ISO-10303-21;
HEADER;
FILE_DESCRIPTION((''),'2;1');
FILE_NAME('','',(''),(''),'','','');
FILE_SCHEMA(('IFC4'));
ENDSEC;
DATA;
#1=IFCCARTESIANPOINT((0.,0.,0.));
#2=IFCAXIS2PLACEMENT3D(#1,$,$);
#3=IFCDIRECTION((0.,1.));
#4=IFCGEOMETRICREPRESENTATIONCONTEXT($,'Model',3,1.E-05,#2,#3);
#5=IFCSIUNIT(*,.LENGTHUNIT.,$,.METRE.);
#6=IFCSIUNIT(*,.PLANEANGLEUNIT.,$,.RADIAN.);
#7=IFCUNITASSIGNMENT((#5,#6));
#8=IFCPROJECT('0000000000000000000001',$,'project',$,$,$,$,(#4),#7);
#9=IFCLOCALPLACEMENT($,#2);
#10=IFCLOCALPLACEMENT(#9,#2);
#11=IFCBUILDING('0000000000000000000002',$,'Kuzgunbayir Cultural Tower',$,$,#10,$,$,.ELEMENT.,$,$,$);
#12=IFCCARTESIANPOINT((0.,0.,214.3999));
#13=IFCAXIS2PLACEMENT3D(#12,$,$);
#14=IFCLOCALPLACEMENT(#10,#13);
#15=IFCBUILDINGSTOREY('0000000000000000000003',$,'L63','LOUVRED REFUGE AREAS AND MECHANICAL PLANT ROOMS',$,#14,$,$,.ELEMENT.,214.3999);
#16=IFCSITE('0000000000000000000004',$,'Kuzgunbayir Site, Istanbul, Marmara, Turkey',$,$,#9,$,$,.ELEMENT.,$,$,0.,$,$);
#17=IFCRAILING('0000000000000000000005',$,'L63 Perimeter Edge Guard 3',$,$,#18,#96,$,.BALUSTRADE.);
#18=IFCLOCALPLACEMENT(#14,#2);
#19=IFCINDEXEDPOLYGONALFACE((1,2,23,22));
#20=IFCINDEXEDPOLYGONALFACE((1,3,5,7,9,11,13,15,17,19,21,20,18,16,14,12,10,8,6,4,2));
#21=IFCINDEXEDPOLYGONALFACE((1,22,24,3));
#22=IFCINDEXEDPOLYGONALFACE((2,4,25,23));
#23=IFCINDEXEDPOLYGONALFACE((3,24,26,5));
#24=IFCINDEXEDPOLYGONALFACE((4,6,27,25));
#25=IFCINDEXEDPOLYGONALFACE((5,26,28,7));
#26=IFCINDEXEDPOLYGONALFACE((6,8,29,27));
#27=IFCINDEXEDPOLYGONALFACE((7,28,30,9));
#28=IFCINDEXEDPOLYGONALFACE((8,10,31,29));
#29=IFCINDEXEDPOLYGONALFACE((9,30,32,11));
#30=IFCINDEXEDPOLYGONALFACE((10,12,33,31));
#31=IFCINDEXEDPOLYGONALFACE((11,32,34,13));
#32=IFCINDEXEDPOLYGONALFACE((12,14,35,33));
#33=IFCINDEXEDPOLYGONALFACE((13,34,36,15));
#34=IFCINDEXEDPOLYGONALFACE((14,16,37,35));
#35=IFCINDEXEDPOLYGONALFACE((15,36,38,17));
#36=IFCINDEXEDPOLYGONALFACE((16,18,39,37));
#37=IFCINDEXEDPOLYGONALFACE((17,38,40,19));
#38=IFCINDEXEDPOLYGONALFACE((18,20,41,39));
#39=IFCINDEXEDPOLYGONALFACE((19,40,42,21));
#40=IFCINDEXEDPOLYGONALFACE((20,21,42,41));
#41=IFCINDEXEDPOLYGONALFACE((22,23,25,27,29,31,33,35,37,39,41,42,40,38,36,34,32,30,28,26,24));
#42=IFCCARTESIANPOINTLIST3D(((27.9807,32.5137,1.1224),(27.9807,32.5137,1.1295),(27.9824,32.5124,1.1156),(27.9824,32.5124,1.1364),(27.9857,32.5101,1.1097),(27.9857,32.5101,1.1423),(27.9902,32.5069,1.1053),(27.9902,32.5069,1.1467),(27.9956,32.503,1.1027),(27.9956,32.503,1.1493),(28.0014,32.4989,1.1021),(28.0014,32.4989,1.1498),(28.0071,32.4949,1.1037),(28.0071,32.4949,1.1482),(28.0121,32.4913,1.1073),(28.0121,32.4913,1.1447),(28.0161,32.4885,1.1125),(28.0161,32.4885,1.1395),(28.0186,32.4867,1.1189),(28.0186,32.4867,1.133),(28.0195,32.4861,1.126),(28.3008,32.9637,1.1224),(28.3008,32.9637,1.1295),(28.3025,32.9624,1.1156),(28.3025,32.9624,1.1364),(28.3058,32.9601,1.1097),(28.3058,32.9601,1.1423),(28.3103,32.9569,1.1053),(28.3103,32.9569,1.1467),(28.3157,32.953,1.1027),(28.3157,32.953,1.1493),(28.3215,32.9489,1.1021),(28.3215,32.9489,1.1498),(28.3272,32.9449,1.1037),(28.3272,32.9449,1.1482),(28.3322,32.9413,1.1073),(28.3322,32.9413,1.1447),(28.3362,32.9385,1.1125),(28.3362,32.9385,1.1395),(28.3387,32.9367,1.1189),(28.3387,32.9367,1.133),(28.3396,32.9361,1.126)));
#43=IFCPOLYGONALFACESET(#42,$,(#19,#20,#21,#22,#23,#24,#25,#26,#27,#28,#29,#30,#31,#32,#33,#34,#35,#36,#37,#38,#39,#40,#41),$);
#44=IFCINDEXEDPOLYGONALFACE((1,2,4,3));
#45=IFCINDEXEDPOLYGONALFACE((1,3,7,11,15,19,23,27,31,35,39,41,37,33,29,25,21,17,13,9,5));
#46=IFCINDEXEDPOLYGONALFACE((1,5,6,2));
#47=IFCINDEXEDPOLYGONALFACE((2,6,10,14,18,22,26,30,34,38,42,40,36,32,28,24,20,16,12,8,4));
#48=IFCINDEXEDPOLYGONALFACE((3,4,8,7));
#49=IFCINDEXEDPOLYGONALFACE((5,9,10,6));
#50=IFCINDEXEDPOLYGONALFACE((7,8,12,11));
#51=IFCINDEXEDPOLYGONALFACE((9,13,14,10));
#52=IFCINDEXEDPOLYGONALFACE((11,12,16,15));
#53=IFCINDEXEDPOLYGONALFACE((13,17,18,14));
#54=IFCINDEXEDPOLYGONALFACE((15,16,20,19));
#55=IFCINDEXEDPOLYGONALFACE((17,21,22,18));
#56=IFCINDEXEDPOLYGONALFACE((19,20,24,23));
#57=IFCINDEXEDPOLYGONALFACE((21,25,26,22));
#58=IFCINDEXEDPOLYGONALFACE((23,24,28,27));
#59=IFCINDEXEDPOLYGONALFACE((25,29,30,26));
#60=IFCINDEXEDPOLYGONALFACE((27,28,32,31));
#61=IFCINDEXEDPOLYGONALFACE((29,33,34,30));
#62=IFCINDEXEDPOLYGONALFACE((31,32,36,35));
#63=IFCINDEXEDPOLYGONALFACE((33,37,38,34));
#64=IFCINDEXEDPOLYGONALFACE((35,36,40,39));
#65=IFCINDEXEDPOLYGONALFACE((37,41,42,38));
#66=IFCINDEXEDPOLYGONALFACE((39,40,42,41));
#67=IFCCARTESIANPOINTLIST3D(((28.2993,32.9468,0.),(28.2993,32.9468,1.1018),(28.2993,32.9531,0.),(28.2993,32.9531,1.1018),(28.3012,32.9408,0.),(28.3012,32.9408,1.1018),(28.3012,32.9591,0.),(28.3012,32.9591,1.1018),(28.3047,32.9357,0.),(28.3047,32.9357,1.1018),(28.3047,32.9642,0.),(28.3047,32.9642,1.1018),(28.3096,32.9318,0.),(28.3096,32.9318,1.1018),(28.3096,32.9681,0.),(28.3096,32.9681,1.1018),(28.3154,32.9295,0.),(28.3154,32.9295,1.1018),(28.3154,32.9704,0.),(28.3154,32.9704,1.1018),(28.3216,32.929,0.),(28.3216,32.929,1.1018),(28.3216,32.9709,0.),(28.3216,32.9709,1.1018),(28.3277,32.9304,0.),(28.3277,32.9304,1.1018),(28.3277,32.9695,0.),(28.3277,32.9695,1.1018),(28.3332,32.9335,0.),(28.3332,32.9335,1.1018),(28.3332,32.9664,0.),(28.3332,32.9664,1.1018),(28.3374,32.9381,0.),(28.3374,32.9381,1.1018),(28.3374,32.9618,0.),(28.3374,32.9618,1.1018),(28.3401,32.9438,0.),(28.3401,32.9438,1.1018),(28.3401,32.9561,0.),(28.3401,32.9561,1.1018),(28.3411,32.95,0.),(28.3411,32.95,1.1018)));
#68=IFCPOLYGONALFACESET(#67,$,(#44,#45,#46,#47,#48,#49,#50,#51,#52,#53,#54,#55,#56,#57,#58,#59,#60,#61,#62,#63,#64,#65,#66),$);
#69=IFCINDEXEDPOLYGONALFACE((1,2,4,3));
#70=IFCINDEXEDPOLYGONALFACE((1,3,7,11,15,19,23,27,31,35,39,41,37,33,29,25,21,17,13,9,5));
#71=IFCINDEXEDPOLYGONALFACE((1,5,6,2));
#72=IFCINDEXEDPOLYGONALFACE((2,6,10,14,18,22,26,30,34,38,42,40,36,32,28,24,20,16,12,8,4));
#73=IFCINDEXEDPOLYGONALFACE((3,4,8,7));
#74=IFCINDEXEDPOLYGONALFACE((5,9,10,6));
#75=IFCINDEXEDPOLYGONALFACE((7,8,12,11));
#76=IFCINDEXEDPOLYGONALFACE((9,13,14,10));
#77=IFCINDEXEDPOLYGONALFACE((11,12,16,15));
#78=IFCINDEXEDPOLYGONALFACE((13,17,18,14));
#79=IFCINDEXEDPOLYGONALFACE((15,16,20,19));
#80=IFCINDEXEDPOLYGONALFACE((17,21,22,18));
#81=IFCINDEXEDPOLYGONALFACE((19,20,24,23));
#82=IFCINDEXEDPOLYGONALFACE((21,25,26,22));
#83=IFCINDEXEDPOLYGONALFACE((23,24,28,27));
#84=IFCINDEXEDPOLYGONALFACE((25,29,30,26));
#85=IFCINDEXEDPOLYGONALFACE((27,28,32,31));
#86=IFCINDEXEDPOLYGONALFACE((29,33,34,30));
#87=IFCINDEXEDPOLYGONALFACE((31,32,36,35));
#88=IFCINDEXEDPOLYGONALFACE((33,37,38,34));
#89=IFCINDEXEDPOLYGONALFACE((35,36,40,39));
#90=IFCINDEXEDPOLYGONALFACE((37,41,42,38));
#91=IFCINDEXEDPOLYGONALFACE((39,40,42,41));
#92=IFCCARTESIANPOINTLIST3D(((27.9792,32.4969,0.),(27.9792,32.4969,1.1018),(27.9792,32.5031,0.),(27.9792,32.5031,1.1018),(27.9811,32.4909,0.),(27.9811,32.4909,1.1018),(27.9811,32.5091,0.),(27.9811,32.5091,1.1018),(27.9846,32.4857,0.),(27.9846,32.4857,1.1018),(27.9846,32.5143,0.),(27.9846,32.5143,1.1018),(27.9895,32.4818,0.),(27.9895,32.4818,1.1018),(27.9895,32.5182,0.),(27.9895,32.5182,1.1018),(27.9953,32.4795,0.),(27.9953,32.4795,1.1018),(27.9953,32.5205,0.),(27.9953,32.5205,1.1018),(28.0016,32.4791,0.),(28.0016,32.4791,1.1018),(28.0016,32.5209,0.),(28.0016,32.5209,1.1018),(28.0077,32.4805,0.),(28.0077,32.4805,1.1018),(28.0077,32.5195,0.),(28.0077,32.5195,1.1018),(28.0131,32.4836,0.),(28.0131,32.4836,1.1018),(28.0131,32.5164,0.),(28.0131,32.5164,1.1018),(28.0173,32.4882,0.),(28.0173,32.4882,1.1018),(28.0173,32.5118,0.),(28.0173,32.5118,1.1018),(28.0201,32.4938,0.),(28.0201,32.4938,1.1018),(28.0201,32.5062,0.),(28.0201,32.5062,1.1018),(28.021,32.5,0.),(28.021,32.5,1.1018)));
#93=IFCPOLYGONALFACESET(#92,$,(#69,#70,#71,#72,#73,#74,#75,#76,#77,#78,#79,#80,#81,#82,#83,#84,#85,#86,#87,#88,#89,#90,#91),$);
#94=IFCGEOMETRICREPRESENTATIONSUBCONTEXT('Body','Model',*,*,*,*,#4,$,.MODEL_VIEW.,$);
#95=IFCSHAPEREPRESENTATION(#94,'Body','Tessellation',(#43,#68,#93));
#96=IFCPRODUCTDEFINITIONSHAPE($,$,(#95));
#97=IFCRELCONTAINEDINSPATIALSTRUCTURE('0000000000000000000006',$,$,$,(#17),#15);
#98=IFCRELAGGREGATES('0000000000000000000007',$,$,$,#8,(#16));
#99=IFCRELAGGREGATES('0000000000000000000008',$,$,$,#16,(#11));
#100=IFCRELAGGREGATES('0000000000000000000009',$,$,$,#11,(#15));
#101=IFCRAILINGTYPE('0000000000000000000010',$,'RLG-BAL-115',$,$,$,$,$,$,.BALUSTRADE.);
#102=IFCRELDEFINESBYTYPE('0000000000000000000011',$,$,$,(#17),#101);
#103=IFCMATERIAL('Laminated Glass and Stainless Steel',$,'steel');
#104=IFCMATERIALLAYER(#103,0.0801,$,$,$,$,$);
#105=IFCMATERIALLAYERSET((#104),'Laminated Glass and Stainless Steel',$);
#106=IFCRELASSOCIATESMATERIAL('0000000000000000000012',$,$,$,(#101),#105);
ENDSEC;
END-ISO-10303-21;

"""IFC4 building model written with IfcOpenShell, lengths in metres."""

from ifc_helpers import new_model, si_unit, direction, frame, origin, origin_2d, place, context, subcontext, project, spatial, circle, extrude, material, layer, layer_set, type_object, element, save


model = new_model("IFC4")

# Units and contexts
model_context = context("Model", 3, precision=1e-05, world=origin(), true_north=direction((0.0, 1.0)))
body_context = subcontext(model_context, "Body", "Model", "MODEL_VIEW")
ifc_project = project(units=[si_unit("LENGTHUNIT", "METRE"), si_unit("PLANEANGLEUNIT", "RADIAN")], contexts=[model_context])

# Site, building, storey
site_placement = place(None, origin())
site = spatial("IfcSite", under=ifc_project, at=site_placement, Name="Kuzgunbayir Site, Istanbul, Marmara, Turkey", CompositionType="ELEMENT", RefElevation=0.0)
building_placement = place(site_placement, origin())
building = spatial("IfcBuilding", under=site, at=building_placement, Name="Kuzgunbayir Cultural Tower", CompositionType="ELEMENT")
storey_placement = place(building_placement, frame((0.0, 0.0, 214.3999)))
storey = spatial("IfcBuildingStorey", under=building, at=storey_placement, Name="L63", Description="LOUVRED REFUGE AREAS AND MECHANICAL PLANT ROOMS", CompositionType="ELEMENT", Elevation=214.3999)

# Railing
ifc_material_1 = material(Name="Laminated Glass and Stainless Steel", Category="steel")
ifc_layer_1 = layer(ifc_material_1, 0.0801)
ifc_layer_set_1 = layer_set([ifc_layer_1], Name="Laminated Glass and Stainless Steel")
railing_type_1 = type_object("IfcRailingType", Name="RLG-BAL-115", PredefinedType="BALUSTRADE", material=ifc_layer_set_1)
railing_1_placement = place(storey_placement, frame((28.3201, 32.95, 0.0)))
element("IfcRailing", 1, at=railing_1_placement, inside=storey, type_object=railing_type_1, Name="L63 Perimeter Edge Guard 3", PredefinedType="BALUSTRADE", context=body_context, shape_type="SweptSolid", body=[
    extrude(circle(Radius=0.0239, at=origin_2d()), frame((0.0, 0.0, 1.126), z_axis=(-0.579648, -0.814867, 0.0), x_axis=(0.814867, -0.579648, 0.0)), (0.0, 0.0, 1.0), 0.5522),
    extrude(circle(Radius=0.021, at=origin_2d()), origin(), (0.0, 0.0, 1.0), 1.1018),
    extrude(circle(Radius=0.021, at=origin_2d()), frame((-0.3201, -0.45, 0.0)), (0.0, 0.0, 1.0), 1.1018),
])

save(model, "model.ifc")
